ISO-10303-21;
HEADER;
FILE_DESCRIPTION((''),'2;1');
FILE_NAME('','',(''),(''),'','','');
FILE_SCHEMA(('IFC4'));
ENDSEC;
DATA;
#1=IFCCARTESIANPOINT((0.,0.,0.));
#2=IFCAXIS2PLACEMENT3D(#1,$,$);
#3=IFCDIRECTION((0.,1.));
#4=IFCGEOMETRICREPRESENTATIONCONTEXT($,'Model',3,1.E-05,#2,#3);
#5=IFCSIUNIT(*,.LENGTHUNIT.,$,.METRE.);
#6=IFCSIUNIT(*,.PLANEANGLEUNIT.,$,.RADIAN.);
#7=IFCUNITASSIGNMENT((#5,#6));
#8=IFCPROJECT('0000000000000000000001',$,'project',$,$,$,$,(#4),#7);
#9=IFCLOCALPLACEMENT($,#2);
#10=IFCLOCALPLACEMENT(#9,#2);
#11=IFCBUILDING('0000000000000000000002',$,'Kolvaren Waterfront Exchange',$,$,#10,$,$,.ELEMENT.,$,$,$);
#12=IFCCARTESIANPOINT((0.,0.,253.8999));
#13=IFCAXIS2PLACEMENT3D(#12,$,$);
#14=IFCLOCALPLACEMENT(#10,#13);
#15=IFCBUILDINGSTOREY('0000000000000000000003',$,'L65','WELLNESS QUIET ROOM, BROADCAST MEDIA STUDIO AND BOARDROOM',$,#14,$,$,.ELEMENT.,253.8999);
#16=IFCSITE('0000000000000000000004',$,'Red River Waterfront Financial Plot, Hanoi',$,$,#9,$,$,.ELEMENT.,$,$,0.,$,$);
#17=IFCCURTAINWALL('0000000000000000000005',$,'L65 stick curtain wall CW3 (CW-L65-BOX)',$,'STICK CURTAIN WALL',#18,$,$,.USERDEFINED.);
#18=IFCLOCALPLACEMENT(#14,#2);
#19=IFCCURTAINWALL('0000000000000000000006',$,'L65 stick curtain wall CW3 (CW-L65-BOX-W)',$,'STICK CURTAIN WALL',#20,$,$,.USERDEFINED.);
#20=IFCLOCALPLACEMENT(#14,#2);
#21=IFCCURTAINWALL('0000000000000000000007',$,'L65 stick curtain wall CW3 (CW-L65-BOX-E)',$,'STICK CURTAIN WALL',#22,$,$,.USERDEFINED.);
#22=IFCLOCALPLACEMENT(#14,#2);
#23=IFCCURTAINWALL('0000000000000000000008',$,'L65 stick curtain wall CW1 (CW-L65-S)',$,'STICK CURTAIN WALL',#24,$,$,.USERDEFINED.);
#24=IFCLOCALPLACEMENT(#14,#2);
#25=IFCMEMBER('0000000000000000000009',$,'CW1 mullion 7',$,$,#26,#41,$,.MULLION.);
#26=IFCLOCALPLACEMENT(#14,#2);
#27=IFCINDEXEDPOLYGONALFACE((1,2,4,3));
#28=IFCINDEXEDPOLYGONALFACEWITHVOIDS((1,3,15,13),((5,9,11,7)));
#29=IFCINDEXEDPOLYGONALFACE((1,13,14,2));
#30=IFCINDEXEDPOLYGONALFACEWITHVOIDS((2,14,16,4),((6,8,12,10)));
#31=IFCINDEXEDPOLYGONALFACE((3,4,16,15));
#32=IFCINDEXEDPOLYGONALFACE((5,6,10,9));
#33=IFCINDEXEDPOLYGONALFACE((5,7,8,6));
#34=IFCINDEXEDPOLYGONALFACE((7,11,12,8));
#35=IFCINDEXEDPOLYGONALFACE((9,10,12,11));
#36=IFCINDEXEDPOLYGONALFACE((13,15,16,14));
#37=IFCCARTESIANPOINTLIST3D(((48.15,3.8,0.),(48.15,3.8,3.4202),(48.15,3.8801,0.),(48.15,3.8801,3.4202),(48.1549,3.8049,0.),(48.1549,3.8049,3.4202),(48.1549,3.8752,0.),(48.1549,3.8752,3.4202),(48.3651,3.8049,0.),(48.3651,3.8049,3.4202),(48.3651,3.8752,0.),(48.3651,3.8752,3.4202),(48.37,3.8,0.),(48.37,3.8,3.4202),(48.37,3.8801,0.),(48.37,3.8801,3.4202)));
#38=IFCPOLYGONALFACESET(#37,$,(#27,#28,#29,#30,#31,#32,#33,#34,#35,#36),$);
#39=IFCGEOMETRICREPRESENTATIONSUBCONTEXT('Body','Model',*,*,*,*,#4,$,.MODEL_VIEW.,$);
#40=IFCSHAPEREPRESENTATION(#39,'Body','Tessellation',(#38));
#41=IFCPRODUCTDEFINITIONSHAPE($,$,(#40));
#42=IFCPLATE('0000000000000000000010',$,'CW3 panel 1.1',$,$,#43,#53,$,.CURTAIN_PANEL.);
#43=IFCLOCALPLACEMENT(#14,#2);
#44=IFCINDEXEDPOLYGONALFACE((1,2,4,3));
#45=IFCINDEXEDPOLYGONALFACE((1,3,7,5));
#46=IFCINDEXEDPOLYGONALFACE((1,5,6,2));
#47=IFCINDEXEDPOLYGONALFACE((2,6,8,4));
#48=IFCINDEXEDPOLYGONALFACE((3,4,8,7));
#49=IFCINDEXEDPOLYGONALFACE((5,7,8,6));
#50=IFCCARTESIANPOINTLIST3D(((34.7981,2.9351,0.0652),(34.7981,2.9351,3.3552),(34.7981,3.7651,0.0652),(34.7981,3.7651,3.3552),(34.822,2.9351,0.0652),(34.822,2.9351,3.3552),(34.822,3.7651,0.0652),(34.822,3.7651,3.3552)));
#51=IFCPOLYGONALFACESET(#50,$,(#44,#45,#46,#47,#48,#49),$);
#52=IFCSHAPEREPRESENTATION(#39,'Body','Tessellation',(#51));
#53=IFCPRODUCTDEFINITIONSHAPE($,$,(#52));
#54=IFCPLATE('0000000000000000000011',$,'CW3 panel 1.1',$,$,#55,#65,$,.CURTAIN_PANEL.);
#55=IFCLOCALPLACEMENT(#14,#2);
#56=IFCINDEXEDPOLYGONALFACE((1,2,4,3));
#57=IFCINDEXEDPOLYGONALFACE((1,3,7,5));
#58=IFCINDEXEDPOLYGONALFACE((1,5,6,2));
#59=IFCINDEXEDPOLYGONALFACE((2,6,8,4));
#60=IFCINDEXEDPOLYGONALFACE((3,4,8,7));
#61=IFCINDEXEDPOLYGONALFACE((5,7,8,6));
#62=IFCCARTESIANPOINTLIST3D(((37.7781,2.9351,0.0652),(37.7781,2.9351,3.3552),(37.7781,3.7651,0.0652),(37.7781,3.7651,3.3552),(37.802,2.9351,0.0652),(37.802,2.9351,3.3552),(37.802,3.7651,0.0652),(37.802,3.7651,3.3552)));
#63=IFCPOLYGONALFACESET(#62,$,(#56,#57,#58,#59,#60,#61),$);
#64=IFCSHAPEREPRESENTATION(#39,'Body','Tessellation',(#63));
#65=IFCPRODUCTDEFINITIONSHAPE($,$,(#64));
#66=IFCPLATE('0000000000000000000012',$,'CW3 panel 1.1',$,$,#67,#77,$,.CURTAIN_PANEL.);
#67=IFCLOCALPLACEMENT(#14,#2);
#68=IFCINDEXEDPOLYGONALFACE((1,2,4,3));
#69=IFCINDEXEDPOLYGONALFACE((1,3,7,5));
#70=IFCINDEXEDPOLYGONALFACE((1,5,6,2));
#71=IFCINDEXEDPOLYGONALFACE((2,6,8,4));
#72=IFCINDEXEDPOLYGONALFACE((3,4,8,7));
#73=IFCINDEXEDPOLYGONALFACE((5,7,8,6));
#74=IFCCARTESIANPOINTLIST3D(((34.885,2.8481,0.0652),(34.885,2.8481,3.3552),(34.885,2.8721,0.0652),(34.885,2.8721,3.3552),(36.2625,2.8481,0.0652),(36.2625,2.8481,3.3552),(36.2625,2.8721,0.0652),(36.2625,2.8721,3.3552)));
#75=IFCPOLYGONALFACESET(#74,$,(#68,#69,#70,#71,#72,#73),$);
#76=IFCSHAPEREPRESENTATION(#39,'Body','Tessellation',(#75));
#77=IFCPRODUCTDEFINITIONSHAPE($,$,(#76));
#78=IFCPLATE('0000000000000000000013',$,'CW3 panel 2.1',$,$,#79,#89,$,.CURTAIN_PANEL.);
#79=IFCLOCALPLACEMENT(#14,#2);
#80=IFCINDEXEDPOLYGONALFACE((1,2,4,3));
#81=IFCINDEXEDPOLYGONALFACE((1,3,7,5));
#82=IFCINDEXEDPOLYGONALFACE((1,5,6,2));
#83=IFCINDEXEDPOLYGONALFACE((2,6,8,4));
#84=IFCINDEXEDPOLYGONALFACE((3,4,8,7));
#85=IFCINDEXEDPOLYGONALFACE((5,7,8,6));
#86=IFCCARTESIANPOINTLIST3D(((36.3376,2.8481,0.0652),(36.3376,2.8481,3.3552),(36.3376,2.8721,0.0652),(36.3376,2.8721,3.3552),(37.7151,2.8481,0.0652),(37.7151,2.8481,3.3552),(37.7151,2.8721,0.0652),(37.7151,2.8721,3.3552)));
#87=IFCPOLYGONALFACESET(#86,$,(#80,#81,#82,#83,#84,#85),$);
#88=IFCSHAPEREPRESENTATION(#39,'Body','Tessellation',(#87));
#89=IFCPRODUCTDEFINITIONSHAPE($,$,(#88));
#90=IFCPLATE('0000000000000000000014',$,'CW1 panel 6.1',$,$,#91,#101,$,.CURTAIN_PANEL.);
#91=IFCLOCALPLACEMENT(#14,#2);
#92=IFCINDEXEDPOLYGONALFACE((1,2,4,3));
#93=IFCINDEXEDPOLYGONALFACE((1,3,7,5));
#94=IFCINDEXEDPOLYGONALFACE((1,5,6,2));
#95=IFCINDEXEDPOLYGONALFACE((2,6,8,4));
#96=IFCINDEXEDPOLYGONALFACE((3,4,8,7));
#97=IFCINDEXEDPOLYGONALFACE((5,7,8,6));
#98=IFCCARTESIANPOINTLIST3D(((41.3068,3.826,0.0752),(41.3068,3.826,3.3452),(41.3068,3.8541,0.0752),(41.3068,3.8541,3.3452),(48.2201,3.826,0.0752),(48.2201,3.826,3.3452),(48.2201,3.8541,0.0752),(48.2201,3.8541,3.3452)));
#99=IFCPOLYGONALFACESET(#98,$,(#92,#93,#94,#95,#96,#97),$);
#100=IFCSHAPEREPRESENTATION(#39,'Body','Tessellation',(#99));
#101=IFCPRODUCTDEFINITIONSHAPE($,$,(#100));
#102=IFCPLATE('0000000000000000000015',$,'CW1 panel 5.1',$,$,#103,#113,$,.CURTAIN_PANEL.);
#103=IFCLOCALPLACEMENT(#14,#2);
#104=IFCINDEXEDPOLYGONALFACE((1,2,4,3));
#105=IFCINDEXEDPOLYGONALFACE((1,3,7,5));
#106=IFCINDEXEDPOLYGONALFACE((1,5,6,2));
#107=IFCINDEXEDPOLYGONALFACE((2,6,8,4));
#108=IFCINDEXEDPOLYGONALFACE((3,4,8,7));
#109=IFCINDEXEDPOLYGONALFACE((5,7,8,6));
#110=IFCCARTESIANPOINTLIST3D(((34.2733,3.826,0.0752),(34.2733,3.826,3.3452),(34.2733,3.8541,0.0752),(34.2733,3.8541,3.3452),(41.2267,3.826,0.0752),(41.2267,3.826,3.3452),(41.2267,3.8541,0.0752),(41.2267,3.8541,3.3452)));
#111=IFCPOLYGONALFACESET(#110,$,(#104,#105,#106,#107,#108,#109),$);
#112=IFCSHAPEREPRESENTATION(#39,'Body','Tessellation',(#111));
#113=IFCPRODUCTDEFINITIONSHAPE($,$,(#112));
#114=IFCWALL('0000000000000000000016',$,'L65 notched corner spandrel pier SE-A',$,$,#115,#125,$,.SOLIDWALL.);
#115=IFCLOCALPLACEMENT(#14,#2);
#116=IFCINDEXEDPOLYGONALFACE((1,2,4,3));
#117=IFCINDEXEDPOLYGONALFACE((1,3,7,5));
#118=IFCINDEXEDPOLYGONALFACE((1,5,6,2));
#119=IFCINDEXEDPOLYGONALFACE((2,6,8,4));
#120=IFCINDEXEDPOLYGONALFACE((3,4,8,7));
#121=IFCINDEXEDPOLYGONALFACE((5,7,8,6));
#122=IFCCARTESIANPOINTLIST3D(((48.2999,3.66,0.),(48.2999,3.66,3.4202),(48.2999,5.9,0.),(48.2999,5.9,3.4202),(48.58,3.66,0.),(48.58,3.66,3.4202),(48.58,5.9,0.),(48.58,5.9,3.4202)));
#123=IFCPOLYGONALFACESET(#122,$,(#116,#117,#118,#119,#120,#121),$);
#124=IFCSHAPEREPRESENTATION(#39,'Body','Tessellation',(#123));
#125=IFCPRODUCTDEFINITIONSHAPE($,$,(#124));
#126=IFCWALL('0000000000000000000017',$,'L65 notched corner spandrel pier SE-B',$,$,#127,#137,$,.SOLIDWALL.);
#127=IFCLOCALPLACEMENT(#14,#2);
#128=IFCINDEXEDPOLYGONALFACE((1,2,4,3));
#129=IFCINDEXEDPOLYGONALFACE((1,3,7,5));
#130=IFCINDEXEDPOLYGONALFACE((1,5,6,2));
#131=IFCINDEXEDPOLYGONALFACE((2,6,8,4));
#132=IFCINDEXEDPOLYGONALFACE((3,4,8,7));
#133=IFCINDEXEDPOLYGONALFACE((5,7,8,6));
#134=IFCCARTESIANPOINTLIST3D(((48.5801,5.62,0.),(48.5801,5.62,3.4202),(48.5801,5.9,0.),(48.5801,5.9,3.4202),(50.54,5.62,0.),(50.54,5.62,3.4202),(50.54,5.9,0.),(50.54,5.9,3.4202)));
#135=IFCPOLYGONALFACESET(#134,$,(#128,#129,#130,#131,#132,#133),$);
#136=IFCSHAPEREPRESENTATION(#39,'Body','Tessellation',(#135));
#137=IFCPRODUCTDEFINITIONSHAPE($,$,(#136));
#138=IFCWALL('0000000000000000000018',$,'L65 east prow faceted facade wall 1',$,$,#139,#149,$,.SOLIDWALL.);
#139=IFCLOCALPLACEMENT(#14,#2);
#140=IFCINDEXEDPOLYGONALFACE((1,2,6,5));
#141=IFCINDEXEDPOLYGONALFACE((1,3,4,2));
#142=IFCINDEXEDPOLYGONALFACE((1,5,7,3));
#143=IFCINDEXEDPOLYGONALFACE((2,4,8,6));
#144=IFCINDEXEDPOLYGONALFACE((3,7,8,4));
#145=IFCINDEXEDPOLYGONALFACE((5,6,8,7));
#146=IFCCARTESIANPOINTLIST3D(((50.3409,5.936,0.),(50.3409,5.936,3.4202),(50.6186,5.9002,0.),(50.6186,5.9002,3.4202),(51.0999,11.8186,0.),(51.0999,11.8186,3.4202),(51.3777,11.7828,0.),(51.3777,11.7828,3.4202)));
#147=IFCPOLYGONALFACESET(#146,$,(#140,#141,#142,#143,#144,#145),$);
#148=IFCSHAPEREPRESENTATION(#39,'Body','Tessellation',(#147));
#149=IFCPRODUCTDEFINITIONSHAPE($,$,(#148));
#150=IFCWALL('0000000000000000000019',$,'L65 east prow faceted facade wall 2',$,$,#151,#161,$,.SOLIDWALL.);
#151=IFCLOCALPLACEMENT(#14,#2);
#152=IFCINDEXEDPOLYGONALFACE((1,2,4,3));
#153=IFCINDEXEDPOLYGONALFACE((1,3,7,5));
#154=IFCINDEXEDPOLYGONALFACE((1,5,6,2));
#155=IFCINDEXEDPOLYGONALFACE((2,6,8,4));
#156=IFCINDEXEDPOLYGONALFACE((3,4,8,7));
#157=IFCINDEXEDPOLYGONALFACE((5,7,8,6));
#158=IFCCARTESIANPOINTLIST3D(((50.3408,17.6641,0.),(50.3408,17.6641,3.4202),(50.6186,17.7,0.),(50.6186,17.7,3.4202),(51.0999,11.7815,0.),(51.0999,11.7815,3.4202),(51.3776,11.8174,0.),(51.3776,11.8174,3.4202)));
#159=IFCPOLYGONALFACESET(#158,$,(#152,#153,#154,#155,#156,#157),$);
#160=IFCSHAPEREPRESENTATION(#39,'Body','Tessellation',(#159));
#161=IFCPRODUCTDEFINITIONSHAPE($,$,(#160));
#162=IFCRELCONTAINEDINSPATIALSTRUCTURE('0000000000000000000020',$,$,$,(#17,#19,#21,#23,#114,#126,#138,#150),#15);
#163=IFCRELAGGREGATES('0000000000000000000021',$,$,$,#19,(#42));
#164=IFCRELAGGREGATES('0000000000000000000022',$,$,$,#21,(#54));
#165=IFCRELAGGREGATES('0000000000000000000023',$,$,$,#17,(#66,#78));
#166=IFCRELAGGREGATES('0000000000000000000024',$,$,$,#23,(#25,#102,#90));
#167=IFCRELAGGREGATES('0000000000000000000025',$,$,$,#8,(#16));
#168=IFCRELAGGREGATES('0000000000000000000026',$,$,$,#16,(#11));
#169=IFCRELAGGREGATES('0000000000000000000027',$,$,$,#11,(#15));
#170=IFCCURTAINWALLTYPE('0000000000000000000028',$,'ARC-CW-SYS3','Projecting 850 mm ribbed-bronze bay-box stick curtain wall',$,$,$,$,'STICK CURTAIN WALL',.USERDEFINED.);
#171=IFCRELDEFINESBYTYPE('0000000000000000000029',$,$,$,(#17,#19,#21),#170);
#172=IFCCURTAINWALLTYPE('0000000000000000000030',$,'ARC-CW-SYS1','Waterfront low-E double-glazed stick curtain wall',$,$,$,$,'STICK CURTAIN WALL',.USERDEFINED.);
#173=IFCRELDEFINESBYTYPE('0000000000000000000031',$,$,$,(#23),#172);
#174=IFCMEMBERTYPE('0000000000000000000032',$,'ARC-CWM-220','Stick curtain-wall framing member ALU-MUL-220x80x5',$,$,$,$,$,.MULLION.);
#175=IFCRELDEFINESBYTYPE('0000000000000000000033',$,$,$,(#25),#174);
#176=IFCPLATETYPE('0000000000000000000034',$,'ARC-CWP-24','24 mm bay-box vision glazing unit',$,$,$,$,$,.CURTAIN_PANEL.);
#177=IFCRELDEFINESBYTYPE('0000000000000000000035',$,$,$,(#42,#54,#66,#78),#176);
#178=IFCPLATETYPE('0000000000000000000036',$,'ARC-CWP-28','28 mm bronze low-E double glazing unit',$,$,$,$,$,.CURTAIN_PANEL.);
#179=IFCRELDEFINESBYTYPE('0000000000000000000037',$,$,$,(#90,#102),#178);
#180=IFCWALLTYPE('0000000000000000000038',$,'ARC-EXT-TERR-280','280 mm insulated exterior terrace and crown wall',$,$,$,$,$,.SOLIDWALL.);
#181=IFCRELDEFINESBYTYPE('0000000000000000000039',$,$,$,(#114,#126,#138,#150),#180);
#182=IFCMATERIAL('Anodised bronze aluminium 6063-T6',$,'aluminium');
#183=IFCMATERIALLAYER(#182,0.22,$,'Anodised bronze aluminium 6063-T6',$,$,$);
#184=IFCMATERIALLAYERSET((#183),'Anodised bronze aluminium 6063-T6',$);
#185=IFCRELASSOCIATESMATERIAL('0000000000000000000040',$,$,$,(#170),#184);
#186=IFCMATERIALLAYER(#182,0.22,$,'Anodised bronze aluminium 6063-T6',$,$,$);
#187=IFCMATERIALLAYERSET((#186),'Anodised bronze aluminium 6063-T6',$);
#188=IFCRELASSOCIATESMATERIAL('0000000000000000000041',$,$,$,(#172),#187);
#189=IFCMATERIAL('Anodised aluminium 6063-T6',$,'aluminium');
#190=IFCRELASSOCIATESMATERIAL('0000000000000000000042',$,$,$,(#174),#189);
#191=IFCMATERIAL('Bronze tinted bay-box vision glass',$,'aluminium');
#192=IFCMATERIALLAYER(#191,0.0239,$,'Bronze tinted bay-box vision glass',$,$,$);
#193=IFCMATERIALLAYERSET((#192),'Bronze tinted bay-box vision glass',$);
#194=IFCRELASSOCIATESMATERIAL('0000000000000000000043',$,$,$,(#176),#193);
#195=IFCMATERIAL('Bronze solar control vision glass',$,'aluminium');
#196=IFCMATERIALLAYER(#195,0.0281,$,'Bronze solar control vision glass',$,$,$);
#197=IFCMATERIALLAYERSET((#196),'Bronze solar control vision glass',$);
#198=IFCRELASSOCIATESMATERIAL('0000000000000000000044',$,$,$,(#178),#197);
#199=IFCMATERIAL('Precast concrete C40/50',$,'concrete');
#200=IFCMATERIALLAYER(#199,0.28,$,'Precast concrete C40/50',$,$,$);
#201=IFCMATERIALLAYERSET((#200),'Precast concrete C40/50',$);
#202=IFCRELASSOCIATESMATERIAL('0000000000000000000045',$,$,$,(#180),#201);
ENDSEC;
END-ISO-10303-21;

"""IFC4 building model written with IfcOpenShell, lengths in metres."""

from ifc_helpers import new_model, si_unit, direction, frame, frame_2d, origin, origin_with_axes, origin_2d, place, context, subcontext, project, spatial, rectangle, hollow_rectangle, extrude, source, transform, mapped, material, layer, layer_set, material_profile, profile_set, type_object, element, aggregate, save


model = new_model("IFC4")

# Units and contexts
model_context = context("Model", 3, precision=1e-05, world=origin(), true_north=direction((0.0, 1.0)))
body_context = subcontext(model_context, "Body", "Model", "MODEL_VIEW")
ifc_project = project(units=[si_unit("LENGTHUNIT", "METRE"), si_unit("PLANEANGLEUNIT", "RADIAN")], contexts=[model_context])

# Site, building, storey
site_placement = place(None, origin())
site = spatial("IfcSite", under=ifc_project, at=site_placement, Name="Red River Waterfront Financial Plot, Hanoi", CompositionType="ELEMENT", RefElevation=0.0)
building_placement = place(site_placement, origin())
building = spatial("IfcBuilding", under=site, at=building_placement, Name="Kolvaren Waterfront Exchange", CompositionType="ELEMENT")
storey_placement = place(building_placement, frame((0.0, 0.0, 253.8999)))
storey = spatial("IfcBuildingStorey", under=building, at=storey_placement, Name="L65", Description="WELLNESS QUIET ROOM, BROADCAST MEDIA STUDIO AND BOARDROOM", CompositionType="ELEMENT", Elevation=253.8999)

# Curtain walls
ifc_material_1 = material(Name="Anodised bronze aluminium 6063-T6", Category="aluminium")
ifc_layer_1 = layer(ifc_material_1, 0.22, Name="Anodised bronze aluminium 6063-T6")
ifc_layer_set_1 = layer_set([ifc_layer_1], Name="Anodised bronze aluminium 6063-T6")
curtain_wall_type_1 = type_object("IfcCurtainWallType", Name="ARC-CW-SYS3", Description="Projecting 850 mm ribbed-bronze bay-box stick curtain wall", ElementType="STICK CURTAIN WALL", PredefinedType="USERDEFINED", material=ifc_layer_set_1)
curtain_wall_1_placement = place(storey_placement, origin())
curtain_wall_1 = element("IfcCurtainWall", 1, at=curtain_wall_1_placement, inside=storey, type_object=curtain_wall_type_1, Name="L65 stick curtain wall CW3 (CW-L65-BOX)", ObjectType="STICK CURTAIN WALL", PredefinedType="USERDEFINED")
curtain_wall_2_placement = place(storey_placement, origin())
curtain_wall_2 = element("IfcCurtainWall", 2, at=curtain_wall_2_placement, inside=storey, type_object=curtain_wall_type_1, Name="L65 stick curtain wall CW3 (CW-L65-BOX-W)", ObjectType="STICK CURTAIN WALL", PredefinedType="USERDEFINED")
curtain_wall_3_placement = place(storey_placement, origin())
curtain_wall_3 = element("IfcCurtainWall", 3, at=curtain_wall_3_placement, inside=storey, type_object=curtain_wall_type_1, Name="L65 stick curtain wall CW3 (CW-L65-BOX-E)", ObjectType="STICK CURTAIN WALL", PredefinedType="USERDEFINED")
ifc_layer_2 = layer(ifc_material_1, 0.22, Name="Anodised bronze aluminium 6063-T6")
ifc_layer_set_2 = layer_set([ifc_layer_2], Name="Anodised bronze aluminium 6063-T6")
curtain_wall_type_2 = type_object("IfcCurtainWallType", Name="ARC-CW-SYS1", Description="Waterfront low-E double-glazed stick curtain wall", ElementType="STICK CURTAIN WALL", PredefinedType="USERDEFINED", material=ifc_layer_set_2)
curtain_wall_4_placement = place(storey_placement, origin())
curtain_wall_4 = element("IfcCurtainWall", 4, at=curtain_wall_4_placement, inside=storey, type_object=curtain_wall_type_2, Name="L65 stick curtain wall CW1 (CW-L65-S)", ObjectType="STICK CURTAIN WALL", PredefinedType="USERDEFINED")
ifc_material_2 = material(Name="Anodised aluminium 6063-T6", Category="aluminium")

# Member
ifc_material_profile_1 = material_profile(ifc_material_2, hollow_rectangle(XDim=0.0801, YDim=0.22, WallThickness=0.0049, at=origin_2d()), Name="ALU-MUL-220x80x5")
ifc_profile_set_1 = profile_set([ifc_material_profile_1], Name="Anodised aluminium 6063-T6")
member_type_1 = type_object("IfcMemberType", Name="ARC-CWM-220", Description="Stick curtain-wall framing member ALU-MUL-220x80x5", PredefinedType="MULLION", material=ifc_profile_set_1)
shared_shape_1 = source(origin_with_axes(), body_context, "Body", "SweptSolid", [
    extrude(hollow_rectangle(XDim=0.0801, YDim=0.22, WallThickness=0.0049, at=origin_2d()), origin(), (0.0, 0.0, 1.0), 3.4202),
])
member_1_placement = place(storey_placement, frame((48.26, 3.8401, 0.0), z_axis=(0.0, 0.0, 1.0), x_axis=(0.0, 1.0, 0.0)))
member_1 = element("IfcMember", 5, at=member_1_placement, type_object=member_type_1, Name="CW1 mullion 7", PredefinedType="MULLION", context=body_context, shape_type="MappedRepresentation", body=[
    mapped(shared_shape_1, transform((0.0, 0.0, 0.0), x_axis=(1.0, 0.0, 0.0), y_axis=(0.0, 1.0, 0.0), z_axis=(0.0, 0.0, 1.0), scale=1.0)),
])

# Plates
ifc_material_3 = material(Name="Bronze tinted bay-box vision glass", Category="aluminium")
ifc_layer_3 = layer(ifc_material_3, 0.0239, Name="Bronze tinted bay-box vision glass")
ifc_layer_set_3 = layer_set([ifc_layer_3], Name="Bronze tinted bay-box vision glass")
plate_type_1 = type_object("IfcPlateType", Name="ARC-CWP-24", Description="24 mm bay-box vision glazing unit", PredefinedType="CURTAIN_PANEL", material=ifc_layer_set_3)
shared_shape_2 = source(origin_with_axes(), body_context, "Body", "SweptSolid", [
    extrude(rectangle(XDim=0.8301, YDim=0.0239, at=origin_2d()), origin(), (0.0, 0.0, 1.0), 3.29),
])
plate_1_placement = place(storey_placement, frame((34.8101, 3.3501, 0.0652), z_axis=(0.0, 0.0, 1.0), x_axis=(0.0, -1.0, 0.0)))
plate_1 = element("IfcPlate", 6, at=plate_1_placement, type_object=plate_type_1, Name="CW3 panel 1.1", PredefinedType="CURTAIN_PANEL", context=body_context, shape_type="MappedRepresentation", body=[
    mapped(shared_shape_2, transform((0.0, 0.0, 0.0), x_axis=(1.0, 0.0, 0.0), y_axis=(0.0, 1.0, 0.0), z_axis=(0.0, 0.0, 1.0), scale=1.0)),
])
aggregate(curtain_wall_2, [plate_1])
plate_2_placement = place(storey_placement, frame((37.79, 3.3501, 0.0652), z_axis=(0.0, 0.0, 1.0), x_axis=(0.0, 1.0, 0.0)))
plate_2 = element("IfcPlate", 7, at=plate_2_placement, type_object=plate_type_1, Name="CW3 panel 1.1", PredefinedType="CURTAIN_PANEL", context=body_context, shape_type="MappedRepresentation", body=[
    mapped(shared_shape_2, transform((0.0, 0.0, 0.0), x_axis=(1.0, 0.0, 0.0), y_axis=(0.0, 1.0, 0.0), z_axis=(0.0, 0.0, 1.0), scale=1.0)),
])
aggregate(curtain_wall_3, [plate_2])
shared_shape_3 = source(origin_with_axes(), body_context, "Body", "SweptSolid", [
    extrude(rectangle(XDim=1.3774, YDim=0.0239, at=origin_2d()), origin(), (0.0, 0.0, 1.0), 3.29),
])
plate_3_placement = place(storey_placement, frame((35.5737, 2.8601, 0.0652), z_axis=(0.0, 0.0, 1.0), x_axis=(1.0, 0.0, 0.0)))
plate_3 = element("IfcPlate", 8, at=plate_3_placement, type_object=plate_type_1, Name="CW3 panel 1.1", PredefinedType="CURTAIN_PANEL", context=body_context, shape_type="MappedRepresentation", body=[
    mapped(shared_shape_3, transform((0.0, 0.0, 0.0), x_axis=(1.0, 0.0, 0.0), y_axis=(0.0, 1.0, 0.0), z_axis=(0.0, 0.0, 1.0), scale=1.0)),
])
plate_4_placement = place(storey_placement, frame((37.0264, 2.8601, 0.0652), z_axis=(0.0, 0.0, 1.0), x_axis=(1.0, 0.0, 0.0)))
plate_4 = element("IfcPlate", 9, at=plate_4_placement, type_object=plate_type_1, Name="CW3 panel 2.1", PredefinedType="CURTAIN_PANEL", context=body_context, shape_type="MappedRepresentation", body=[
    mapped(shared_shape_3, transform((0.0, 0.0, 0.0), x_axis=(1.0, 0.0, 0.0), y_axis=(0.0, 1.0, 0.0), z_axis=(0.0, 0.0, 1.0), scale=1.0)),
])
aggregate(curtain_wall_1, [plate_3, plate_4])
ifc_material_4 = material(Name="Bronze solar control vision glass", Category="aluminium")
ifc_layer_4 = layer(ifc_material_4, 0.0281, Name="Bronze solar control vision glass")
ifc_layer_set_4 = layer_set([ifc_layer_4], Name="Bronze solar control vision glass")
plate_type_2 = type_object("IfcPlateType", Name="ARC-CWP-28", Description="28 mm bronze low-E double glazing unit", PredefinedType="CURTAIN_PANEL", material=ifc_layer_set_4)
shared_shape_4 = source(origin_with_axes(), body_context, "Body", "SweptSolid", [
    extrude(rectangle(XDim=6.9133, YDim=0.0281, at=origin_2d()), origin(), (0.0, 0.0, 1.0), 3.27),
])
plate_5_placement = place(storey_placement, frame((44.7634, 3.8401, 0.0752), z_axis=(0.0, 0.0, 1.0), x_axis=(1.0, 0.0, 0.0)))
plate_5 = element("IfcPlate", 10, at=plate_5_placement, type_object=plate_type_2, Name="CW1 panel 6.1", PredefinedType="CURTAIN_PANEL", context=body_context, shape_type="MappedRepresentation", body=[
    mapped(shared_shape_4, transform((0.0, 0.0, 0.0), x_axis=(1.0, 0.0, 0.0), y_axis=(0.0, 1.0, 0.0), z_axis=(0.0, 0.0, 1.0), scale=1.0)),
])
shared_shape_5 = source(origin_with_axes(), body_context, "Body", "SweptSolid", [
    extrude(rectangle(XDim=6.9534, YDim=0.0281, at=origin_2d()), origin(), (0.0, 0.0, 1.0), 3.27),
])
plate_6_placement = place(storey_placement, frame((37.75, 3.8401, 0.0752), z_axis=(0.0, 0.0, 1.0), x_axis=(1.0, 0.0, 0.0)))
plate_6 = element("IfcPlate", 11, at=plate_6_placement, type_object=plate_type_2, Name="CW1 panel 5.1", PredefinedType="CURTAIN_PANEL", context=body_context, shape_type="MappedRepresentation", body=[
    mapped(shared_shape_5, transform((0.0, 0.0, 0.0), x_axis=(1.0, 0.0, 0.0), y_axis=(0.0, 1.0, 0.0), z_axis=(0.0, 0.0, 1.0), scale=1.0)),
])
aggregate(curtain_wall_4, [member_1, plate_6, plate_5])

# Walls
ifc_material_5 = material(Name="Precast concrete C40/50", Category="concrete")
ifc_layer_5 = layer(ifc_material_5, 0.28, Name="Precast concrete C40/50")
ifc_layer_set_5 = layer_set([ifc_layer_5], Name="Precast concrete C40/50")
wall_type_1 = type_object("IfcWallType", Name="ARC-EXT-TERR-280", Description="280 mm insulated exterior terrace and crown wall", PredefinedType="SOLIDWALL", material=ifc_layer_set_5)
wall_1_placement = place(storey_placement, frame((48.4399, 3.6599, 0.0), z_axis=(0.0, 0.0, 1.0), x_axis=(0.0, 1.0, 0.0)))
element("IfcWall", 12, at=wall_1_placement, inside=storey, type_object=wall_type_1, Name="L65 notched corner spandrel pier SE-A", PredefinedType="SOLIDWALL", context=body_context, shape_type="SweptSolid", body=[
    extrude(rectangle(XDim=2.24, YDim=0.28, at=frame_2d((1.1201, 0.0))), origin(), (0.0, 0.0, 1.0), 3.4202),
])
wall_2_placement = place(storey_placement, frame((48.5801, 5.76, 0.0), z_axis=(0.0, 0.0, 1.0), x_axis=(1.0, 0.0, 0.0)))
element("IfcWall", 13, at=wall_2_placement, inside=storey, type_object=wall_type_1, Name="L65 notched corner spandrel pier SE-B", PredefinedType="SOLIDWALL", context=body_context, shape_type="SweptSolid", body=[
    extrude(rectangle(XDim=1.96, YDim=0.28, at=frame_2d((0.98, 0.0))), origin(), (0.0, 0.0, 1.0), 3.4202),
])
for number, where, z_axis, x_axis, name in (
    (14, (50.4797, 5.918, 0.0), (0.0, 0.0, 1.0), (0.12797, 0.991778, 0.0), "L65 east prow faceted facade wall 1"),
    (15, (51.2388, 11.7993, 0.0), (0.0, 0.0, 1.0), (-0.12797, 0.991778, 0.0), "L65 east prow faceted facade wall 2"),
):
    element("IfcWall", number, at=place(storey_placement, frame(where, z_axis=z_axis, x_axis=x_axis)), inside=storey, type_object=wall_type_1, Name=name, PredefinedType="SOLIDWALL", context=body_context, shape_type="SweptSolid", body=[
        extrude(rectangle(XDim=5.9314, YDim=0.28, at=frame_2d((2.9658, 0.0))), origin(), (0.0, 0.0, 1.0), 3.4202),
    ])

save(model, "model.ifc")
